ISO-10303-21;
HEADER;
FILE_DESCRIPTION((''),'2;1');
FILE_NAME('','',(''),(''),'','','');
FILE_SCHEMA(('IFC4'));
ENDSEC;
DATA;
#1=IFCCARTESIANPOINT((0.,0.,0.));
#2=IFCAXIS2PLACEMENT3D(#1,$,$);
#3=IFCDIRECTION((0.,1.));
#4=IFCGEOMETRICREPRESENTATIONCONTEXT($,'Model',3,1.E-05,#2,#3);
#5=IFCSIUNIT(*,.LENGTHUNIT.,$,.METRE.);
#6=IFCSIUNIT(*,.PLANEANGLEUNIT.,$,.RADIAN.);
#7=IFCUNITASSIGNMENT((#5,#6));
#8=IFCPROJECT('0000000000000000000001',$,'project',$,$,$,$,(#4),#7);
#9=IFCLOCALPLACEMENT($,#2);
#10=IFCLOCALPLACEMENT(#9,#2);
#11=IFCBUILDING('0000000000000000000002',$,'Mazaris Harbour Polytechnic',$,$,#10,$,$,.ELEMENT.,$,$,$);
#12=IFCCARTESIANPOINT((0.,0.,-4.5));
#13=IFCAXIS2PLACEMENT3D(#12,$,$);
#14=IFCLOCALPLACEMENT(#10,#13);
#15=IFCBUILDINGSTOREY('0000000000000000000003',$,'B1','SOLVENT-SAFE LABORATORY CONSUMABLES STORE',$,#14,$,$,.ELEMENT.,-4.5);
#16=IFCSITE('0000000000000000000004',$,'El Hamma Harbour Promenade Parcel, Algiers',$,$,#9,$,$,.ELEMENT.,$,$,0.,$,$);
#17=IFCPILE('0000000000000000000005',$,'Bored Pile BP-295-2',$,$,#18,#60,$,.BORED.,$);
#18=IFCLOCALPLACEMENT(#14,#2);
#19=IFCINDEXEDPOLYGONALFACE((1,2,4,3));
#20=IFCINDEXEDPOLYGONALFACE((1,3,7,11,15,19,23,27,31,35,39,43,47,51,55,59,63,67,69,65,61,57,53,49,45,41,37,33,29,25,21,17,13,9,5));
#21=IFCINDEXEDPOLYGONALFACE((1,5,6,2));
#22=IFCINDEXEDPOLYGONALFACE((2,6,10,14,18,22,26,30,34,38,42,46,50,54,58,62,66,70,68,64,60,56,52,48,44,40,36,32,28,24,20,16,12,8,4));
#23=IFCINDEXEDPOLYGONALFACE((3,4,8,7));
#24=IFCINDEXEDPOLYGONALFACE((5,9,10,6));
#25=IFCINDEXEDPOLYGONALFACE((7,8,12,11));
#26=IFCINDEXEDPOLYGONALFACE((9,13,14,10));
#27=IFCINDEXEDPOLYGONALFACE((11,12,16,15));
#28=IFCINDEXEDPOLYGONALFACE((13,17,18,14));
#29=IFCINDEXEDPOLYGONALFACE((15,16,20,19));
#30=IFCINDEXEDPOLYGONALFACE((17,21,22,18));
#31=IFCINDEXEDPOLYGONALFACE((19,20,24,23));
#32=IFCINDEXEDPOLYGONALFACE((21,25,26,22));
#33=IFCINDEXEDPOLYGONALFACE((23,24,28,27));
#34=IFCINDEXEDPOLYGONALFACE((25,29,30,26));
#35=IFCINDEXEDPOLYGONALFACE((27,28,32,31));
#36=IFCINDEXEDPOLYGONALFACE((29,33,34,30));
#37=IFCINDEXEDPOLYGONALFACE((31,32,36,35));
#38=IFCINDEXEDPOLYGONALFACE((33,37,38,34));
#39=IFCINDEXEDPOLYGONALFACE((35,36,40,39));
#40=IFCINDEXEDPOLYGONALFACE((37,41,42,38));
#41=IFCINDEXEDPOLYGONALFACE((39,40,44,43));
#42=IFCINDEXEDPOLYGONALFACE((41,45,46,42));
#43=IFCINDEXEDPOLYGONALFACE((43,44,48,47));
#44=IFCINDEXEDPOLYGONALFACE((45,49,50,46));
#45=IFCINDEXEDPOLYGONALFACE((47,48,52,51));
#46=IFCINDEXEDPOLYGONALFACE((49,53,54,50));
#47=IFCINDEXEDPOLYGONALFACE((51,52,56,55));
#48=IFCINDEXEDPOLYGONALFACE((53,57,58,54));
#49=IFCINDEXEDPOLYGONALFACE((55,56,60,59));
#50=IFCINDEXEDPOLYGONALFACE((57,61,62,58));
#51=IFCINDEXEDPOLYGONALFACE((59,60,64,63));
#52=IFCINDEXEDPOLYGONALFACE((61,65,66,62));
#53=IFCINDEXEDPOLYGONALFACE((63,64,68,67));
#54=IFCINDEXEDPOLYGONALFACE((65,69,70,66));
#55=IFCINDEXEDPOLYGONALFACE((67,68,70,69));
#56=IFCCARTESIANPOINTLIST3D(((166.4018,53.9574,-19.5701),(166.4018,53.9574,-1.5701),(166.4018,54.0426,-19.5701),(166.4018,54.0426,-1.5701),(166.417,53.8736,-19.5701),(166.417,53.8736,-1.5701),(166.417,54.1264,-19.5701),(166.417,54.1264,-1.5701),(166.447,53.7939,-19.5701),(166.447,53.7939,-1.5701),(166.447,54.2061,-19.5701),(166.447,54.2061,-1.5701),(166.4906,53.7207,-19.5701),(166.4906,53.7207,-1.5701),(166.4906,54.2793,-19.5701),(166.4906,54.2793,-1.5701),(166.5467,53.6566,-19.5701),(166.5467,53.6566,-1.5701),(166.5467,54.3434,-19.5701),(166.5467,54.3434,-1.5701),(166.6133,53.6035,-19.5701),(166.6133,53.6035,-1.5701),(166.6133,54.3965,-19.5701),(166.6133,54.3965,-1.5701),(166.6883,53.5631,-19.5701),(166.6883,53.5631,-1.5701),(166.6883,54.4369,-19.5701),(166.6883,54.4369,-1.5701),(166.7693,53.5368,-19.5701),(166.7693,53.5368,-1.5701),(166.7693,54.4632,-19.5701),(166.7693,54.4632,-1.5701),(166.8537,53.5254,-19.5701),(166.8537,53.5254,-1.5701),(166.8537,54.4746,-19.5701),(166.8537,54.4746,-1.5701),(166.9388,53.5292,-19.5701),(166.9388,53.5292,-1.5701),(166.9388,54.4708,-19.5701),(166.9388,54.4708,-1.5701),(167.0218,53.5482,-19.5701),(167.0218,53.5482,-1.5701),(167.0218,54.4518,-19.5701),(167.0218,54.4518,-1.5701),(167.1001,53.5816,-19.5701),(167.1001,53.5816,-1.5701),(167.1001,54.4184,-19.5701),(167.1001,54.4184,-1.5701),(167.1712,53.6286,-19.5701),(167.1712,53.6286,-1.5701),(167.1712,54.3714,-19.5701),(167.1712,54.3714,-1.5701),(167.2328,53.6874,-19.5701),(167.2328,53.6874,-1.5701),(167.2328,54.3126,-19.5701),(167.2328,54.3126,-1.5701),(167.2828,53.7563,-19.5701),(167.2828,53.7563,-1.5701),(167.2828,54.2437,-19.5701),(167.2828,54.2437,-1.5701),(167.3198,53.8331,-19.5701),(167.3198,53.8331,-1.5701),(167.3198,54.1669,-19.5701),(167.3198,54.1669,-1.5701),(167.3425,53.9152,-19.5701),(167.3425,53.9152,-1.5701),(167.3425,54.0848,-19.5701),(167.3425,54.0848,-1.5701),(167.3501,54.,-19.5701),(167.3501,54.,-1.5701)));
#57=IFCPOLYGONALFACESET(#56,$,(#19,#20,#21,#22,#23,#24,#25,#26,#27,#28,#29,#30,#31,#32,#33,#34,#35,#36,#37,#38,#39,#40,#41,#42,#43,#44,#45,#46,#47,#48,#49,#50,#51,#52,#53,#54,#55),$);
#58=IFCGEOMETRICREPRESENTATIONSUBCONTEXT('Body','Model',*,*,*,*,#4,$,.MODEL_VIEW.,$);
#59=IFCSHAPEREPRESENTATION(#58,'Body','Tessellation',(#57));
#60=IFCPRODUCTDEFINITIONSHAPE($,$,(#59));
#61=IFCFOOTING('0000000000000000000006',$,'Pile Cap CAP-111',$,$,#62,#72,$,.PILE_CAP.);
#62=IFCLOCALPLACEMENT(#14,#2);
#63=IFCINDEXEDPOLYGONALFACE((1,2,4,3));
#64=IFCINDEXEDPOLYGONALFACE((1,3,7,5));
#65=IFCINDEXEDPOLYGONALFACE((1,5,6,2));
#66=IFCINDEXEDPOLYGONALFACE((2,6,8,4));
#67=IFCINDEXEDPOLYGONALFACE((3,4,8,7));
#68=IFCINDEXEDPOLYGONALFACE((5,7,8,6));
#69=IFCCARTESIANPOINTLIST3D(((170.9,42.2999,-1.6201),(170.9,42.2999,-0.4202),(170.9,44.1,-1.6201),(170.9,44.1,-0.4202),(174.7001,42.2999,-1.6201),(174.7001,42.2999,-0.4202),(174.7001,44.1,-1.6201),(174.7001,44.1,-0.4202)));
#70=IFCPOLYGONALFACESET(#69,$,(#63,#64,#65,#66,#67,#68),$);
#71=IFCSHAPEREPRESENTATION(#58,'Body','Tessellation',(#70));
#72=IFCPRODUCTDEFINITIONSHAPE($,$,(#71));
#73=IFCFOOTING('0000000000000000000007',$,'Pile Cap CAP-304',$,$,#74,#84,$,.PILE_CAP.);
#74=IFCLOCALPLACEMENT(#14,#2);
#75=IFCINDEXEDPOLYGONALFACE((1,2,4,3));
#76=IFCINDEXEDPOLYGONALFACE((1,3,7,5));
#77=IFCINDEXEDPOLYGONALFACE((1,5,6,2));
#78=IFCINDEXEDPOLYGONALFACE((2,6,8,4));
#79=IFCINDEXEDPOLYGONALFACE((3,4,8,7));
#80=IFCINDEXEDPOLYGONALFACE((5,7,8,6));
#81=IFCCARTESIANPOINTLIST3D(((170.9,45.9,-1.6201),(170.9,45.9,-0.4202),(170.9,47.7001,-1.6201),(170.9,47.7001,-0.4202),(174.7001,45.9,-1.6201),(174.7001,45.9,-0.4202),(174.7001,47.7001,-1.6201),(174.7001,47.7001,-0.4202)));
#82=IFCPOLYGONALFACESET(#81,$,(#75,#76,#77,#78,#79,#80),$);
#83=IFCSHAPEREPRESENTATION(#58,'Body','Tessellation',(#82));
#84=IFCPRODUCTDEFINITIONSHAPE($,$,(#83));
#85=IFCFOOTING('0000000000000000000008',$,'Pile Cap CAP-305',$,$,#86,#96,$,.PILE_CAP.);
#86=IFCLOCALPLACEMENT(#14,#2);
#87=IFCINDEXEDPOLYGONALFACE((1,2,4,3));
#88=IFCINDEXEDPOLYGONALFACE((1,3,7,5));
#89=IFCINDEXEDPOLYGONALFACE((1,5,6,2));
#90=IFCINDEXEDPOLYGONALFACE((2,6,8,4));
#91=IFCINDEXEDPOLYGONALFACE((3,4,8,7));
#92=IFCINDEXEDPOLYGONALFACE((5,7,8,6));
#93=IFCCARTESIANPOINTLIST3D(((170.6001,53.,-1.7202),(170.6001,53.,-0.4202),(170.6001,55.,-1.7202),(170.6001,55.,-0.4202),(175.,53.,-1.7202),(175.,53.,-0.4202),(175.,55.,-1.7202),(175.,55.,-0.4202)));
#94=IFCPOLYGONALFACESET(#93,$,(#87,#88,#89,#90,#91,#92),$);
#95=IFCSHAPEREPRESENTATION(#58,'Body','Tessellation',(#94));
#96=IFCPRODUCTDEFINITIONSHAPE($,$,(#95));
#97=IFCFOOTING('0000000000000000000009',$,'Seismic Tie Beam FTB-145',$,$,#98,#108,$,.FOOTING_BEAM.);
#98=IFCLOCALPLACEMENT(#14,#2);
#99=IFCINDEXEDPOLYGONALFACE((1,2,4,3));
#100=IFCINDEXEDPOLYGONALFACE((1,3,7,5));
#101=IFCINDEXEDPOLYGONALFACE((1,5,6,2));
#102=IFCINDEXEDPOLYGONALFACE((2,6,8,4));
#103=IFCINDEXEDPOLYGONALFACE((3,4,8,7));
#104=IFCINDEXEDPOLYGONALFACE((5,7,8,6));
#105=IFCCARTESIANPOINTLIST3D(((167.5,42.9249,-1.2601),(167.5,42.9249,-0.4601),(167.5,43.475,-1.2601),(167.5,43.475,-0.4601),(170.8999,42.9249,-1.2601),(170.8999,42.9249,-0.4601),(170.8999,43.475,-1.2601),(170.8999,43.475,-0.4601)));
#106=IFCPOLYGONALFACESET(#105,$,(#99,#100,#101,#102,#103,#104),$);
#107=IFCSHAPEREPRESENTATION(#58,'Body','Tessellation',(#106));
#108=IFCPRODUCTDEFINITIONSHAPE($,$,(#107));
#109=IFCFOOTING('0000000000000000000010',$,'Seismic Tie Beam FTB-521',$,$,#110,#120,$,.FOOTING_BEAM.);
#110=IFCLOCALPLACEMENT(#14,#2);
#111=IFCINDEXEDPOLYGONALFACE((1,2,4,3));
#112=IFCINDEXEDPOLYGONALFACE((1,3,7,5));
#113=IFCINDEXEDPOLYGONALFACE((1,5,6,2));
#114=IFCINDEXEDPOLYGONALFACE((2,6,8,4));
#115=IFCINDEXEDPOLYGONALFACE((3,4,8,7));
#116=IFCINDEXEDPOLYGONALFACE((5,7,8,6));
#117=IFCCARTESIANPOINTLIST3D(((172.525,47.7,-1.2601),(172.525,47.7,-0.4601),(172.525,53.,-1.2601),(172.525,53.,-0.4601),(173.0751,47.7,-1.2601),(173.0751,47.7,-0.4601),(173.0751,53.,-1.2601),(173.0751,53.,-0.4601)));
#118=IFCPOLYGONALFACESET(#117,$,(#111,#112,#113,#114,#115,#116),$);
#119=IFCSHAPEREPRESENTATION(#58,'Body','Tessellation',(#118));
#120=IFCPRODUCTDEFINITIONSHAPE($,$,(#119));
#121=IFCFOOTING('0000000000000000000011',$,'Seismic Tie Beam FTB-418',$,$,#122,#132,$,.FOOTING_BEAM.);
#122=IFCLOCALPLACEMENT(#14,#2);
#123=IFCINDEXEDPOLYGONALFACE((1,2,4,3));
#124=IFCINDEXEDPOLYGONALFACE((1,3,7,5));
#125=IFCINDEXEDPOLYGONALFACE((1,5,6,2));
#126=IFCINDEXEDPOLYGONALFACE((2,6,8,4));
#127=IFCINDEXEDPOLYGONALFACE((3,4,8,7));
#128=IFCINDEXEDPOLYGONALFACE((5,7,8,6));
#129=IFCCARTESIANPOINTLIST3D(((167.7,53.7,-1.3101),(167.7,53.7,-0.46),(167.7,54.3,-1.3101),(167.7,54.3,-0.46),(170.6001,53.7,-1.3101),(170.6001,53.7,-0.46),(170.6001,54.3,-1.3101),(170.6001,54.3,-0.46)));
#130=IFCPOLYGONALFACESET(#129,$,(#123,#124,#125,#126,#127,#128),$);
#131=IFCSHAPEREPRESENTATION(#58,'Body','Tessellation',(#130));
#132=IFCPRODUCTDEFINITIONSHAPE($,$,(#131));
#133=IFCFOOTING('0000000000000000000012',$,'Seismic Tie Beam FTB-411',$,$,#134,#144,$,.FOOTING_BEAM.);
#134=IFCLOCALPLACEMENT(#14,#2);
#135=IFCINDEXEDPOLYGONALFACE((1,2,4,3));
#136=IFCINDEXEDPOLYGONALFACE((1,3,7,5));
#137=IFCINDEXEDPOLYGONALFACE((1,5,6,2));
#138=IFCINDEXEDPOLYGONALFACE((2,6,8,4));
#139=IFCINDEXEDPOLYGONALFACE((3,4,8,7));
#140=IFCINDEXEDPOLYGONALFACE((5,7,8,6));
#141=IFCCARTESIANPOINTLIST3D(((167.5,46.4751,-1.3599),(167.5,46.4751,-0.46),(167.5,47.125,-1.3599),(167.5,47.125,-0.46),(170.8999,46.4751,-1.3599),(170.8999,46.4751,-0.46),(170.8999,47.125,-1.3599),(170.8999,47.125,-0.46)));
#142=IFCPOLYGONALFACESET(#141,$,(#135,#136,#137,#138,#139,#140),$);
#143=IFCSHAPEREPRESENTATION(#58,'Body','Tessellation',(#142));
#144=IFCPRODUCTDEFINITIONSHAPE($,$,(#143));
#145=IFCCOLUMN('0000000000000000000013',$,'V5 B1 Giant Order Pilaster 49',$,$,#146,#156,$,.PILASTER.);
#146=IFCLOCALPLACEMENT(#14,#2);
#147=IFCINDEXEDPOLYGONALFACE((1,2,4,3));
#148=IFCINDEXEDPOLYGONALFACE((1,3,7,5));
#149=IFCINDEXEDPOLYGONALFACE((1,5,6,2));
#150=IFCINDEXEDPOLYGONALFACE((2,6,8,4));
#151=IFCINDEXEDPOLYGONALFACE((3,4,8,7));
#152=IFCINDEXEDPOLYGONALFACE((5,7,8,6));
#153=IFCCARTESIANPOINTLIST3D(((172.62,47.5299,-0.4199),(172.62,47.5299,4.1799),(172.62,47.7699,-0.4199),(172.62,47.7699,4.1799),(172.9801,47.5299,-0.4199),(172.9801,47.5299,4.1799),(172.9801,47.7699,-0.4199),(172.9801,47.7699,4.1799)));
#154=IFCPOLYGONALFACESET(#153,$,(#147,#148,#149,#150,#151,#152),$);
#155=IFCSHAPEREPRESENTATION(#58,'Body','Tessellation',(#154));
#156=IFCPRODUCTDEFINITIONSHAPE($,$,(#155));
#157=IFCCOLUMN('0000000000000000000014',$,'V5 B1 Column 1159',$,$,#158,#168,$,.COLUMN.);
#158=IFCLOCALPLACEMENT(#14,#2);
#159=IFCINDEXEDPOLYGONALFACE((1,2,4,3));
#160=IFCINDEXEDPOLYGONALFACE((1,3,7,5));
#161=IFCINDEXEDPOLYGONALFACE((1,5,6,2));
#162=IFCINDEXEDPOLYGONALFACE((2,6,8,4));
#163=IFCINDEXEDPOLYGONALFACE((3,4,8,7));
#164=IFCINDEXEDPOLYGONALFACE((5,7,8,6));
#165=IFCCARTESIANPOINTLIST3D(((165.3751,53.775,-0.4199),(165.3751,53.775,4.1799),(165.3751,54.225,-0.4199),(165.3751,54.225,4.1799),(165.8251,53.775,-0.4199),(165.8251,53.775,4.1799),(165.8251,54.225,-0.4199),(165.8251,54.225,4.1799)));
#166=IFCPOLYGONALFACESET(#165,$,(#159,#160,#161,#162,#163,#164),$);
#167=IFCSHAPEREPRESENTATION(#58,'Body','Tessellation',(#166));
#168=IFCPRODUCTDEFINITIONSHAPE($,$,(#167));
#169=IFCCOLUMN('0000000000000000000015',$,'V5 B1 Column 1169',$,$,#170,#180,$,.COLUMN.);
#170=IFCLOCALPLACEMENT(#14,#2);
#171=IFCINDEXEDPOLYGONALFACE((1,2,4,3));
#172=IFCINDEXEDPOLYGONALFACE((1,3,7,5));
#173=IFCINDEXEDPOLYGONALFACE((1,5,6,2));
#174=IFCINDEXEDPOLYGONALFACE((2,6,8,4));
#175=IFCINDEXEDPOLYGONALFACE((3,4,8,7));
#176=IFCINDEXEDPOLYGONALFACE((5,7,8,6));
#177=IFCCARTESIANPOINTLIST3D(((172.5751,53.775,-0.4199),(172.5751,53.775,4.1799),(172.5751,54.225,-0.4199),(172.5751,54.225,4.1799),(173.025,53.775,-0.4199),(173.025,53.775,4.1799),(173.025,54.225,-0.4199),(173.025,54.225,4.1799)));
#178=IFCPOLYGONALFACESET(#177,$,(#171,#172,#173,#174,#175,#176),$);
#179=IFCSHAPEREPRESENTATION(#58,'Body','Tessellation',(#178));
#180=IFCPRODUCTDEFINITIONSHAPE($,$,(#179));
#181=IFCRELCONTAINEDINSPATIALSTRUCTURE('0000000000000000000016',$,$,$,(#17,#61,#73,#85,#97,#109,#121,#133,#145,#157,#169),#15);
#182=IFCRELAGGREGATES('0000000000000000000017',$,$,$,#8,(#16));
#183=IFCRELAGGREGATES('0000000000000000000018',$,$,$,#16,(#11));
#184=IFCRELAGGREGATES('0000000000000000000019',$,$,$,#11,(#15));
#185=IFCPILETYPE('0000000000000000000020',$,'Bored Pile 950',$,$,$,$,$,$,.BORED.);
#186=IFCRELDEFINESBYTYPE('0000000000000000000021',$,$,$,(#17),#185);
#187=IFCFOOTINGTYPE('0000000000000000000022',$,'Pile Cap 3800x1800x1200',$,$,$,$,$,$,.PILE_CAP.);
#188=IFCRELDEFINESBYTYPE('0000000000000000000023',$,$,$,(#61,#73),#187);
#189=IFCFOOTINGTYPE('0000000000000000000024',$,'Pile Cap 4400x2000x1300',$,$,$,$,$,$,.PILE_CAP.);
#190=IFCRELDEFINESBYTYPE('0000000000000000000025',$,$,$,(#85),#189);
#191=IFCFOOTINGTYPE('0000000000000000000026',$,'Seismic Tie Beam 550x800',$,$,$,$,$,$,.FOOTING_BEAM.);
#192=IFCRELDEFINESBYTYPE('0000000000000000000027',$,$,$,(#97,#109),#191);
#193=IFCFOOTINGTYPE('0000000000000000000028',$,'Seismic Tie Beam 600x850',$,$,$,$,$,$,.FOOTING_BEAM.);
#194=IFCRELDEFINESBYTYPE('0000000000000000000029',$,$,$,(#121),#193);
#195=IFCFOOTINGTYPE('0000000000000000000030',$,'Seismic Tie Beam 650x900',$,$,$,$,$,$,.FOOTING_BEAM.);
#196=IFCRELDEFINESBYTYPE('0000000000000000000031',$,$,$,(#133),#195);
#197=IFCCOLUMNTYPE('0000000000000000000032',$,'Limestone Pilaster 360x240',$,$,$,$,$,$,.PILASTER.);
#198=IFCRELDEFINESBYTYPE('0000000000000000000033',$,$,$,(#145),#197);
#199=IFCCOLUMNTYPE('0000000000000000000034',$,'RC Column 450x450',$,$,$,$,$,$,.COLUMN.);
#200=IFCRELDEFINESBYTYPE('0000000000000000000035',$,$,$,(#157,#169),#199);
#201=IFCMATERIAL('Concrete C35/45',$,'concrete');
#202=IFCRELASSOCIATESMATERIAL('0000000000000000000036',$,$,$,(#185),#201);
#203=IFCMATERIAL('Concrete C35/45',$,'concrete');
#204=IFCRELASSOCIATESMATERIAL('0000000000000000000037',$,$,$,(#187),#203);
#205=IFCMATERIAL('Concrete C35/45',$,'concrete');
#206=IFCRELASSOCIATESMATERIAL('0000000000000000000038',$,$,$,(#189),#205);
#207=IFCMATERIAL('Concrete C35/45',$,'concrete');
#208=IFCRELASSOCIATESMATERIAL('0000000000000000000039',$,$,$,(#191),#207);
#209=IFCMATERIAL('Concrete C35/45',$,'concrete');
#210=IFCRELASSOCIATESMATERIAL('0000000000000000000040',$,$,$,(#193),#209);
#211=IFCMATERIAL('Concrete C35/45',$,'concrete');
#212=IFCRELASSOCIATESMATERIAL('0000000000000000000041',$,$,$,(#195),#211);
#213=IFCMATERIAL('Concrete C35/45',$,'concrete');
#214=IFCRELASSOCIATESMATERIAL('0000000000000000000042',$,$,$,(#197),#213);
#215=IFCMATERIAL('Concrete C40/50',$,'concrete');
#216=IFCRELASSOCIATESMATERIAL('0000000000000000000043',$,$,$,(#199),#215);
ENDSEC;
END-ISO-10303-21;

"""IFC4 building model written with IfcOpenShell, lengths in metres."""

from ifc_helpers import new_model, si_unit, direction, frame, origin, origin_2d, place, context, subcontext, project, spatial, rectangle, circle, extrude, material, material_profile, profile_set, type_object, element, save


model = new_model("IFC4")

# Units and contexts
model_context = context("Model", 3, precision=1e-05, world=origin(), true_north=direction((0.0, 1.0)))
body_context = subcontext(model_context, "Body", "Model", "MODEL_VIEW")
ifc_project = project(units=[si_unit("LENGTHUNIT", "METRE"), si_unit("PLANEANGLEUNIT", "RADIAN")], contexts=[model_context])

# Site, building, storey
site_placement = place(None, origin())
site = spatial("IfcSite", under=ifc_project, at=site_placement, Name="El Hamma Harbour Promenade Parcel, Algiers", CompositionType="ELEMENT", RefElevation=0.0)
building_placement = place(site_placement, origin())
building = spatial("IfcBuilding", under=site, at=building_placement, Name="Mazaris Harbour Polytechnic", CompositionType="ELEMENT")
storey_placement = place(building_placement, frame((0.0, 0.0, -4.5)))
storey = spatial("IfcBuildingStorey", under=building, at=storey_placement, Name="B1", Description="SOLVENT-SAFE LABORATORY CONSUMABLES STORE", CompositionType="ELEMENT", Elevation=-4.5)

# Pile
ifc_material_1 = material(Name="Concrete C35/45", Category="concrete")
ifc_material_profile_1 = material_profile(ifc_material_1, circle(Radius=0.4751, at=origin_2d()), Name="DIA950")
ifc_profile_set_1 = profile_set([ifc_material_profile_1], Name="Concrete C35/45")
pile_type_1 = type_object("IfcPileType", Name="Bored Pile 950", PredefinedType="BORED", material=ifc_profile_set_1)
pile_placement = place(storey_placement, frame((166.875, 54.0, -1.5701), z_axis=(0.0, 0.0, -1.0), x_axis=(1.0, 0.0, 0.0)))
element("IfcPile", 1, at=pile_placement, inside=storey, type_object=pile_type_1, Name="Bored Pile BP-295-2", PredefinedType="BORED", context=body_context, shape_type="SweptSolid", body=[
    extrude(circle(Radius=0.4751, at=origin_2d()), origin(), (0.0, 0.0, 1.0), 18.0),
])

# Footings
ifc_material_2 = material(Name="Concrete C35/45", Category="concrete")
footing_type_1 = type_object("IfcFootingType", Name="Pile Cap 3800x1800x1200", PredefinedType="PILE_CAP", material=ifc_material_2)
for number, where, z_axis, x_axis, name in (
    (2, (172.8, 43.2, -1.6201), (0.0, 0.0, 1.0), (1.0, 0.0, 0.0), "Pile Cap CAP-111"),
    (3, (172.8, 46.8, -1.6201), (0.0, 0.0, 1.0), (1.0, 0.0, 0.0), "Pile Cap CAP-304"),
):
    element("IfcFooting", number, at=place(storey_placement, frame(where, z_axis=z_axis, x_axis=x_axis)), inside=storey, type_object=footing_type_1, Name=name, PredefinedType="PILE_CAP", context=body_context, shape_type="SweptSolid", body=[
        extrude(rectangle(XDim=3.8, YDim=1.8, at=origin_2d()), origin(), (0.0, 0.0, 1.0), 1.2),
    ])
ifc_material_3 = material(Name="Concrete C35/45", Category="concrete")
footing_type_2 = type_object("IfcFootingType", Name="Pile Cap 4400x2000x1300", PredefinedType="PILE_CAP", material=ifc_material_3)
footing_1_placement = place(storey_placement, frame((172.8, 54.0, -1.7202), z_axis=(0.0, 0.0, 1.0), x_axis=(1.0, 0.0, 0.0)))
element("IfcFooting", 4, at=footing_1_placement, inside=storey, type_object=footing_type_2, Name="Pile Cap CAP-305", PredefinedType="PILE_CAP", context=body_context, shape_type="SweptSolid", body=[
    extrude(rectangle(XDim=4.3999, YDim=2.0, at=origin_2d()), origin(), (0.0, 0.0, 1.0), 1.3),
])
ifc_material_4 = material(Name="Concrete C35/45", Category="concrete")
ifc_material_profile_2 = material_profile(ifc_material_4, rectangle(XDim=0.55, YDim=0.8, at=origin_2d()), Name="RECT550x800")
ifc_profile_set_2 = profile_set([ifc_material_profile_2], Name="Concrete C35/45")
footing_type_3 = type_object("IfcFootingType", Name="Seismic Tie Beam 550x800", PredefinedType="FOOTING_BEAM", material=ifc_profile_set_2)
footing_2_placement = place(storey_placement, frame((167.5, 43.2, -0.8601), z_axis=(1.0, 0.0, 0.0), x_axis=(0.0, 1.0, 0.0)))
element("IfcFooting", 5, at=footing_2_placement, inside=storey, type_object=footing_type_3, Name="Seismic Tie Beam FTB-145", PredefinedType="FOOTING_BEAM", context=body_context, shape_type="SweptSolid", body=[
    extrude(rectangle(XDim=0.55, YDim=0.8, at=origin_2d()), origin(), (0.0, 0.0, 1.0), 3.3999),
])
footing_3_placement = place(storey_placement, frame((172.8, 47.7, -0.8601), z_axis=(0.0, 1.0, 0.0), x_axis=(-1.0, 0.0, 0.0)))
element("IfcFooting", 6, at=footing_3_placement, inside=storey, type_object=footing_type_3, Name="Seismic Tie Beam FTB-521", PredefinedType="FOOTING_BEAM", context=body_context, shape_type="SweptSolid", body=[
    extrude(rectangle(XDim=0.55, YDim=0.8, at=origin_2d()), origin(), (0.0, 0.0, 1.0), 5.3),
])
ifc_material_5 = material(Name="Concrete C35/45", Category="concrete")
ifc_material_profile_3 = material_profile(ifc_material_5, rectangle(XDim=0.6001, YDim=0.8501, at=origin_2d()), Name="RECT600x850")
ifc_profile_set_3 = profile_set([ifc_material_profile_3], Name="Concrete C35/45")
footing_type_4 = type_object("IfcFootingType", Name="Seismic Tie Beam 600x850", PredefinedType="FOOTING_BEAM", material=ifc_profile_set_3)
footing_4_placement = place(storey_placement, frame((167.7, 54.0, -0.885), z_axis=(1.0, 0.0, 0.0), x_axis=(0.0, 1.0, 0.0)))
element("IfcFooting", 7, at=footing_4_placement, inside=storey, type_object=footing_type_4, Name="Seismic Tie Beam FTB-418", PredefinedType="FOOTING_BEAM", context=body_context, shape_type="SweptSolid", body=[
    extrude(rectangle(XDim=0.6001, YDim=0.8501, at=origin_2d()), origin(), (0.0, 0.0, 1.0), 2.9001),
])
ifc_material_6 = material(Name="Concrete C35/45", Category="concrete")
ifc_material_profile_4 = material_profile(ifc_material_6, rectangle(XDim=0.6499, YDim=0.8999, at=origin_2d()), Name="RECT650x900")
ifc_profile_set_4 = profile_set([ifc_material_profile_4], Name="Concrete C35/45")
footing_type_5 = type_object("IfcFootingType", Name="Seismic Tie Beam 650x900", PredefinedType="FOOTING_BEAM", material=ifc_profile_set_4)
footing_5_placement = place(storey_placement, frame((167.5, 46.8, -0.9099), z_axis=(1.0, 0.0, 0.0), x_axis=(0.0, 1.0, 0.0)))
element("IfcFooting", 8, at=footing_5_placement, inside=storey, type_object=footing_type_5, Name="Seismic Tie Beam FTB-411", PredefinedType="FOOTING_BEAM", context=body_context, shape_type="SweptSolid", body=[
    extrude(rectangle(XDim=0.6499, YDim=0.8999, at=origin_2d()), origin(), (0.0, 0.0, 1.0), 3.3999),
])

# Columns
ifc_material_7 = material(Name="Concrete C35/45", Category="concrete")
ifc_material_profile_5 = material_profile(ifc_material_7, rectangle(XDim=0.3601, YDim=0.24, at=origin_2d()), Name="RECT360x240")
ifc_profile_set_5 = profile_set([ifc_material_profile_5], Name="Concrete C35/45")
column_type_1 = type_object("IfcColumnType", Name="Limestone Pilaster 360x240", PredefinedType="PILASTER", material=ifc_profile_set_5)
column_1_placement = place(storey_placement, frame((172.8, 47.6499, -0.4199), z_axis=(0.0, 0.0, 1.0), x_axis=(1.0, 0.0, 0.0)))
element("IfcColumn", 9, at=column_1_placement, inside=storey, type_object=column_type_1, Name="V5 B1 Giant Order Pilaster 49", PredefinedType="PILASTER", context=body_context, shape_type="SweptSolid", body=[
    extrude(rectangle(XDim=0.3601, YDim=0.24, at=origin_2d()), origin(), (0.0, 0.0, 1.0), 4.5999),
])
ifc_material_8 = material(Name="Concrete C40/50", Category="concrete")
ifc_material_profile_6 = material_profile(ifc_material_8, rectangle(XDim=0.45, YDim=0.45, at=origin_2d()), Name="RECT450x450")
ifc_profile_set_6 = profile_set([ifc_material_profile_6], Name="Concrete C40/50")
column_type_2 = type_object("IfcColumnType", Name="RC Column 450x450", PredefinedType="COLUMN", material=ifc_profile_set_6)
for number, where, z_axis, x_axis, name in (
    (10, (165.6001, 54.0, -0.4199), (0.0, 0.0, 1.0), (1.0, 0.0, 0.0), "V5 B1 Column 1159"),
    (11, (172.8, 54.0, -0.4199), (0.0, 0.0, 1.0), (1.0, 0.0, 0.0), "V5 B1 Column 1169"),
):
    element("IfcColumn", number, at=place(storey_placement, frame(where, z_axis=z_axis, x_axis=x_axis)), inside=storey, type_object=column_type_2, Name=name, PredefinedType="COLUMN", context=body_context, shape_type="SweptSolid", body=[
        extrude(rectangle(XDim=0.45, YDim=0.45, at=origin_2d()), origin(), (0.0, 0.0, 1.0), 4.5999),
    ])

save(model, "model.ifc")
